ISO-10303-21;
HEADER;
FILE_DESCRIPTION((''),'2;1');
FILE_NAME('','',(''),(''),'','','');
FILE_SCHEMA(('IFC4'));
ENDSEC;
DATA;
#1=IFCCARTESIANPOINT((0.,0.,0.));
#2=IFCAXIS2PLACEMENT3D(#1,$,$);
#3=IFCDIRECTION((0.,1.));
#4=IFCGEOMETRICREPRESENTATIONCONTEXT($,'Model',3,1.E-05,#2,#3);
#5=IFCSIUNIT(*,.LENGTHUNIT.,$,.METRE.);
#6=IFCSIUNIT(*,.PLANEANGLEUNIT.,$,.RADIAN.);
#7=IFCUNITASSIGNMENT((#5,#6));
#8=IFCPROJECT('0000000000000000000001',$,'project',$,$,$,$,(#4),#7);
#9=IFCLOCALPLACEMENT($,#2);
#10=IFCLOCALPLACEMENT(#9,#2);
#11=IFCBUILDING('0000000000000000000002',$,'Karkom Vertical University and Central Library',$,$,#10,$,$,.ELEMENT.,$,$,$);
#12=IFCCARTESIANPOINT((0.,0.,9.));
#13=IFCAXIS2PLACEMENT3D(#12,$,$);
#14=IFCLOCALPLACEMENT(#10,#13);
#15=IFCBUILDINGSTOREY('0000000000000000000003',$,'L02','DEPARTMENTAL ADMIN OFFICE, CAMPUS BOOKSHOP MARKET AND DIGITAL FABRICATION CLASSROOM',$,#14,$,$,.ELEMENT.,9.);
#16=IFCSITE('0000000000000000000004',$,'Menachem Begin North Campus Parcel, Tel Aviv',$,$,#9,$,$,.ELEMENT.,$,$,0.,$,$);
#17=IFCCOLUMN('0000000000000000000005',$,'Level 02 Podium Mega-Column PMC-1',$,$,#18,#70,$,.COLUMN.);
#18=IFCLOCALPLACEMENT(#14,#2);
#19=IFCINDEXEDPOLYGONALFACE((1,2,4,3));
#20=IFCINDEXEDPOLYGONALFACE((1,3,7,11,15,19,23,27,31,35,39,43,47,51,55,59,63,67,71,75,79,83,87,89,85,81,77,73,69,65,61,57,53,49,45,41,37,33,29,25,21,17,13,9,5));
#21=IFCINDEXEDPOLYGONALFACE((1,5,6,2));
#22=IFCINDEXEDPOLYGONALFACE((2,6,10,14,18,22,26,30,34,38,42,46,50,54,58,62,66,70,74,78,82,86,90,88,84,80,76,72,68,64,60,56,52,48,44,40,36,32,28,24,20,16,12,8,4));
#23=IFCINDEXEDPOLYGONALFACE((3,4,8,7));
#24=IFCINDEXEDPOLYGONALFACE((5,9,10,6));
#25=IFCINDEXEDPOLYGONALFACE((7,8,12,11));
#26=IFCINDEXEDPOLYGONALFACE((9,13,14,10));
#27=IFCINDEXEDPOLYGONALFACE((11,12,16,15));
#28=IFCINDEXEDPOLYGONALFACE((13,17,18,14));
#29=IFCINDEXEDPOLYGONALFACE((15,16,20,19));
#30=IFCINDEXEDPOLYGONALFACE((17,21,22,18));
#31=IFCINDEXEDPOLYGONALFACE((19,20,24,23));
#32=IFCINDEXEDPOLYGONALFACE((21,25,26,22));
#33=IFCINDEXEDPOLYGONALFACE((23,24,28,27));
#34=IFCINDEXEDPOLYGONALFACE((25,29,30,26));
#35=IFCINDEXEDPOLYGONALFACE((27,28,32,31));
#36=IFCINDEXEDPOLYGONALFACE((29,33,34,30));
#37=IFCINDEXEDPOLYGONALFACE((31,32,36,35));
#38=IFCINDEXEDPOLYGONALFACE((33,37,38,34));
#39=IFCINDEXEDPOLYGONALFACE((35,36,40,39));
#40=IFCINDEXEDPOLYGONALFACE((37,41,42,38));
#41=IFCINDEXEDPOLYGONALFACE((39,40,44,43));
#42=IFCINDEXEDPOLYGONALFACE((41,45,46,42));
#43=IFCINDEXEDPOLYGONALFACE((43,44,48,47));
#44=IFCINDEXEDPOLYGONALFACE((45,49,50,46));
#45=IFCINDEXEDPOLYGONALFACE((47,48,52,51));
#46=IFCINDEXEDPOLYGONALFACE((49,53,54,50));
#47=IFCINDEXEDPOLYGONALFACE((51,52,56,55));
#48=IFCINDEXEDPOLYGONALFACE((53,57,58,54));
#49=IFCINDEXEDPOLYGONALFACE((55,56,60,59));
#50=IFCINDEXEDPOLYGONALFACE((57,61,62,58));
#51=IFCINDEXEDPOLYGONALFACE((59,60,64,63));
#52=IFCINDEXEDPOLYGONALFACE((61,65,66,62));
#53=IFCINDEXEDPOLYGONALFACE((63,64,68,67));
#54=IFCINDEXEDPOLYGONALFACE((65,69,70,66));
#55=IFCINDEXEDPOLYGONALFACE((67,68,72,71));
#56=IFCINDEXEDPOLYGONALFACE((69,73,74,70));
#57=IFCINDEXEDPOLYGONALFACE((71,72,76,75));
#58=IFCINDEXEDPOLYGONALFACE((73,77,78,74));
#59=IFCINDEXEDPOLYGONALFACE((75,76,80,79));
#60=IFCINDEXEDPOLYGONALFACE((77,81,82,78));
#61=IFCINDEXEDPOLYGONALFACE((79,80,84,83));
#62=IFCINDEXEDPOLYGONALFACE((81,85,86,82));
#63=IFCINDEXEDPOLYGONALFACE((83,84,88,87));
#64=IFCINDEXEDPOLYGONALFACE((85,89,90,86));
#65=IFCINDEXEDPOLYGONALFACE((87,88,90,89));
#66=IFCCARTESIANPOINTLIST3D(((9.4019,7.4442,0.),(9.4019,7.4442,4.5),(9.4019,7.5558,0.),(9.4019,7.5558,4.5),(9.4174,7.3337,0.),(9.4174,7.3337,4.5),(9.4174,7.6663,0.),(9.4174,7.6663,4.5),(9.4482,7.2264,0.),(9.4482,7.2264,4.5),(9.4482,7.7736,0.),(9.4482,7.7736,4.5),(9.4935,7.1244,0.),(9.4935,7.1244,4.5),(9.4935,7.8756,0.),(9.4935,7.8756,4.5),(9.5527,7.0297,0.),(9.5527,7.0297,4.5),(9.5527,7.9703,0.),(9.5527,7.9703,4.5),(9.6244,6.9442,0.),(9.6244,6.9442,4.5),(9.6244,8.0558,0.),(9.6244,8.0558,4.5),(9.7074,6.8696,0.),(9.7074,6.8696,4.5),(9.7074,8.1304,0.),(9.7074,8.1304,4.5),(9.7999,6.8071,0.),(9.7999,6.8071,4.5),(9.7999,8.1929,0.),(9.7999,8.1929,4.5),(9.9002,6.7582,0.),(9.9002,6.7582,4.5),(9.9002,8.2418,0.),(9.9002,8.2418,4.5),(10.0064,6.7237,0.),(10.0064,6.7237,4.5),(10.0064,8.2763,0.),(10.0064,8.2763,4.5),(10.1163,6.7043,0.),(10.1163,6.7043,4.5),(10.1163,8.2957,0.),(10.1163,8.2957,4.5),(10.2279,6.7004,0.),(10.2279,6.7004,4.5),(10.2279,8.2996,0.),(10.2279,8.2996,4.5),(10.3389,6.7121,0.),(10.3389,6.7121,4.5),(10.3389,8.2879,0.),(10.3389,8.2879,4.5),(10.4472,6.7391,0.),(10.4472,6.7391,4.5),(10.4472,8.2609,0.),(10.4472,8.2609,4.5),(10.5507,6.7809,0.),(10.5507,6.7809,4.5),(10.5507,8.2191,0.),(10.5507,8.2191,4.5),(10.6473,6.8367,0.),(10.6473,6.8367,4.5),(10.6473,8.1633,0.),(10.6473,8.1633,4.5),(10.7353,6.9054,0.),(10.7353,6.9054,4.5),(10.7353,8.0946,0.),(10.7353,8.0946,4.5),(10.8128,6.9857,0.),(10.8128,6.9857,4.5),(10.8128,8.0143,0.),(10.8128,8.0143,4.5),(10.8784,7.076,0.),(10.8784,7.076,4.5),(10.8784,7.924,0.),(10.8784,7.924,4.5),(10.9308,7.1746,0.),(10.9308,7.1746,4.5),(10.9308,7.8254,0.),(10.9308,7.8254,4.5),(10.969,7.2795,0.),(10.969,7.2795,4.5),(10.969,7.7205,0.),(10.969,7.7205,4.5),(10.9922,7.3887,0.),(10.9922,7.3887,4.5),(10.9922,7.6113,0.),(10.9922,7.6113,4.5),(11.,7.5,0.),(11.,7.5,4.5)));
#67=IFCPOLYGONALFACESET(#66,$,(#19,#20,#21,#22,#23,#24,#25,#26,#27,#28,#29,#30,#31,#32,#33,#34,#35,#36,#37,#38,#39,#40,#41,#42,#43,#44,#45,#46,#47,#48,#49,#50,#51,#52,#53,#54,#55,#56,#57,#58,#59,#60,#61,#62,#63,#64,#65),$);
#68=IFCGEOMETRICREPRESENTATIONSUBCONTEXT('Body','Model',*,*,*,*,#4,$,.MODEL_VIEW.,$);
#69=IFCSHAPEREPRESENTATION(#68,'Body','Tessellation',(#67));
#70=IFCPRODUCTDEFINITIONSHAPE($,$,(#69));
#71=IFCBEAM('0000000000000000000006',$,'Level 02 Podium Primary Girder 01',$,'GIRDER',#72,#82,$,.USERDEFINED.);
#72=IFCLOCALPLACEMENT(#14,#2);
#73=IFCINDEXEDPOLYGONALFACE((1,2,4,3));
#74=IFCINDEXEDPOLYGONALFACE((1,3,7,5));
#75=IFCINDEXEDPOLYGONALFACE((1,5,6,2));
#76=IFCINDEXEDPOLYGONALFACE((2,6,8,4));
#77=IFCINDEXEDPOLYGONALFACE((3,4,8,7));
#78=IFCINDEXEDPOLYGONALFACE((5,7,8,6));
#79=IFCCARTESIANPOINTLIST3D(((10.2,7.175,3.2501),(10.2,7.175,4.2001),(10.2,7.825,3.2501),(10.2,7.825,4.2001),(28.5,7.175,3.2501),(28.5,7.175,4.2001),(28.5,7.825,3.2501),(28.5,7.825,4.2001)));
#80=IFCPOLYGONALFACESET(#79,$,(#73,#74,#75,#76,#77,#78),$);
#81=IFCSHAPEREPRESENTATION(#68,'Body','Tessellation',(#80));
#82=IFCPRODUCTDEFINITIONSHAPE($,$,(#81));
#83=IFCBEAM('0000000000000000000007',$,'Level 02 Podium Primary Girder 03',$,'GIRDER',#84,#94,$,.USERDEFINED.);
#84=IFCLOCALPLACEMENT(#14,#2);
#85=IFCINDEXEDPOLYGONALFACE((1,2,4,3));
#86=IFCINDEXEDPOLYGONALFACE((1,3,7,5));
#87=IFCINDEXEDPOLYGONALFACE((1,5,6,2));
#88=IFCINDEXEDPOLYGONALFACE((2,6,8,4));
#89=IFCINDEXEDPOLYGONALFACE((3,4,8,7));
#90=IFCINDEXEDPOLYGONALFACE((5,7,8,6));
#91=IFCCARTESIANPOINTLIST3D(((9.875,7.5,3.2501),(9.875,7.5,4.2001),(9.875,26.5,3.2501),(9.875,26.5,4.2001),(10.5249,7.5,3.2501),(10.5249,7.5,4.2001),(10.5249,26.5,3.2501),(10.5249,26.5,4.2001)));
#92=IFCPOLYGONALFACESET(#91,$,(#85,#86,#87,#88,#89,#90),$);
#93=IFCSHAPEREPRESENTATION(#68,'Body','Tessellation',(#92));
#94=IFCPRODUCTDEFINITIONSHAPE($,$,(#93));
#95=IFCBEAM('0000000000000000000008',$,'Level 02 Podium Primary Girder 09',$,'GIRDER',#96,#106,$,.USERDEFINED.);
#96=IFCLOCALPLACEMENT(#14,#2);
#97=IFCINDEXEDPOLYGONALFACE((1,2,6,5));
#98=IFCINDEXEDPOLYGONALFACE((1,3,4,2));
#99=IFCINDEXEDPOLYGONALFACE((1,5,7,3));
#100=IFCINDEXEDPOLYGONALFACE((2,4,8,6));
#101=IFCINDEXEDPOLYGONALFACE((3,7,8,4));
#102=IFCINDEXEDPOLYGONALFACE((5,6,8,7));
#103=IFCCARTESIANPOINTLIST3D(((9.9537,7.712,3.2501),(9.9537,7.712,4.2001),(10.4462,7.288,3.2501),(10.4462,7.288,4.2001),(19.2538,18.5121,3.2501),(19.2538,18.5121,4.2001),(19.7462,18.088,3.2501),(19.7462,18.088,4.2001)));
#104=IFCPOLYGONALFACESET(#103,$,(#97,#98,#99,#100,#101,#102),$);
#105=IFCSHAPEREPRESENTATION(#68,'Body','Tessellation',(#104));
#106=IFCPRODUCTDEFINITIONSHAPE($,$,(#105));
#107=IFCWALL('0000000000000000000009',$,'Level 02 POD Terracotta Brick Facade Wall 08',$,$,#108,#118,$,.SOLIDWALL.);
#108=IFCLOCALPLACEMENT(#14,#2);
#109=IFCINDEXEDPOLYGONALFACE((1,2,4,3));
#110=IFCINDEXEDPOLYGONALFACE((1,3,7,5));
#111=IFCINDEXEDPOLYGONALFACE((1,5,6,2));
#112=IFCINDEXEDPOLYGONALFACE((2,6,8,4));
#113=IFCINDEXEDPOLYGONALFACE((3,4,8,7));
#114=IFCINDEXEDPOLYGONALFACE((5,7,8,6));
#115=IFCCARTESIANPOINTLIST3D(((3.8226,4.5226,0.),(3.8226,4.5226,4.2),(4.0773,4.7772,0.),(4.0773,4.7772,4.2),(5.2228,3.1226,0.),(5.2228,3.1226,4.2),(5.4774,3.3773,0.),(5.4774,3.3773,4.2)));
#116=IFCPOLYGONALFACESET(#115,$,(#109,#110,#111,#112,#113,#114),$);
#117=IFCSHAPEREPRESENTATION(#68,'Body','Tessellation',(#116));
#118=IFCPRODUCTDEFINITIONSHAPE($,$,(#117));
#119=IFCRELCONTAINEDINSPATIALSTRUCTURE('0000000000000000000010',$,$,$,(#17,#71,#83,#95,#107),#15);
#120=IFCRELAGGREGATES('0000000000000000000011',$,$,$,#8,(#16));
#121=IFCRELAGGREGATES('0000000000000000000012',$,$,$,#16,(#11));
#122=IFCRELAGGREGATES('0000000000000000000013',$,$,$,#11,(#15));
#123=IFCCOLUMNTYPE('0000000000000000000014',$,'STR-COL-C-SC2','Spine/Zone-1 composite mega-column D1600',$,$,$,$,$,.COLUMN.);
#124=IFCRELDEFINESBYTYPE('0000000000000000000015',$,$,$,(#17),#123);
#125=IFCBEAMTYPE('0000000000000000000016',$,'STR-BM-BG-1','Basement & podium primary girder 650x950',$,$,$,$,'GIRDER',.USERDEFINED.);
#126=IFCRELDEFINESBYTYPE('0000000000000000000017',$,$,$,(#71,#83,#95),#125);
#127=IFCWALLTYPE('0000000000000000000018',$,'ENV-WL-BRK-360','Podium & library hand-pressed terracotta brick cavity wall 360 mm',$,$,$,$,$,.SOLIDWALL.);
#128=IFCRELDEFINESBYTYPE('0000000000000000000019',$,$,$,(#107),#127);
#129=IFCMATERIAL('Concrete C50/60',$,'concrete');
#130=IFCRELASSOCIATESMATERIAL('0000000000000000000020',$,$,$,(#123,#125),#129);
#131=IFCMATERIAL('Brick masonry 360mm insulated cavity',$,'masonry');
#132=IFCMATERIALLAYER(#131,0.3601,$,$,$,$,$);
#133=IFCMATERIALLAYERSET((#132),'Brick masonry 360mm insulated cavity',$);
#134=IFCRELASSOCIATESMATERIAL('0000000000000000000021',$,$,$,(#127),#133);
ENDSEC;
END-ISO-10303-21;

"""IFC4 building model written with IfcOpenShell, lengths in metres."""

from ifc_helpers import new_model, si_unit, direction, frame, frame_2d, origin, origin_with_axes, origin_2d, place, context, subcontext, project, spatial, rectangle, circle, extrude, source, transform, mapped, material, layer, layer_set, material_profile, profile_set, type_object, element, save


model = new_model("IFC4")

# Units and contexts
model_context = context("Model", 3, precision=1e-05, world=origin(), true_north=direction((0.0, 1.0)))
body_context = subcontext(model_context, "Body", "Model", "MODEL_VIEW")
ifc_project = project(units=[si_unit("LENGTHUNIT", "METRE"), si_unit("PLANEANGLEUNIT", "RADIAN")], contexts=[model_context])

# Site, building, storey
site_placement = place(None, origin())
site = spatial("IfcSite", under=ifc_project, at=site_placement, Name="Menachem Begin North Campus Parcel, Tel Aviv", CompositionType="ELEMENT", RefElevation=0.0)
building_placement = place(site_placement, origin())
building = spatial("IfcBuilding", under=site, at=building_placement, Name="Karkom Vertical University and Central Library", CompositionType="ELEMENT")
storey_placement = place(building_placement, frame((0.0, 0.0, 9.0)))
storey = spatial("IfcBuildingStorey", under=building, at=storey_placement, Name="L02", Description="DEPARTMENTAL ADMIN OFFICE, CAMPUS BOOKSHOP MARKET AND DIGITAL FABRICATION CLASSROOM", CompositionType="ELEMENT", Elevation=9.0)

# Column
ifc_material_1 = material(Name="Concrete C50/60", Category="concrete")
ifc_material_profile_1 = material_profile(ifc_material_1, circle(Radius=0.8, at=origin_2d()), Name="CFT-D1600")
ifc_profile_set_1 = profile_set([ifc_material_profile_1], Name="Concrete C50/60")
column_type = type_object("IfcColumnType", Name="STR-COL-C-SC2", Description="Spine/Zone-1 composite mega-column D1600", PredefinedType="COLUMN", material=ifc_profile_set_1)
shared_shape_1 = source(origin_with_axes(), body_context, "Body", "SweptSolid", [
    extrude(circle(Radius=0.8, at=origin_2d()), origin(), (0.0, 0.0, 1.0), 4.5),
])
column_placement = place(storey_placement, frame((10.2, 7.5, 0.0), z_axis=(0.0, 0.0, 1.0), x_axis=(1.0, 0.0, 0.0)))
element("IfcColumn", 1, at=column_placement, inside=storey, type_object=column_type, Name="Level 02 Podium Mega-Column PMC-1", PredefinedType="COLUMN", context=body_context, shape_type="MappedRepresentation", body=[
    mapped(shared_shape_1, transform((0.0, 0.0, 0.0), scale=1.0)),
])

# Beams
ifc_material_profile_2 = material_profile(ifc_material_1, rectangle(XDim=0.6499, YDim=0.95, at=origin_2d()), Name="RCG-650x950")
ifc_profile_set_2 = profile_set([ifc_material_profile_2], Name="Concrete C50/60")
beam_type = type_object("IfcBeamType", Name="STR-BM-BG-1", Description="Basement & podium primary girder 650x950", ElementType="GIRDER", PredefinedType="USERDEFINED", material=ifc_profile_set_2)
shared_shape_2 = source(origin_with_axes(), body_context, "Body", "SweptSolid", [
    extrude(rectangle(XDim=0.6499, YDim=0.95, at=origin_2d()), origin(), (0.0, 0.0, 1.0), 18.3),
])
beam_1_placement = place(storey_placement, frame((10.2, 7.5, 3.7251), z_axis=(1.0, 0.0, 0.0), x_axis=(0.0, 1.0, 0.0)))
element("IfcBeam", 2, at=beam_1_placement, inside=storey, type_object=beam_type, Name="Level 02 Podium Primary Girder 01", ObjectType="GIRDER", PredefinedType="USERDEFINED", context=body_context, shape_type="MappedRepresentation", body=[
    mapped(shared_shape_2, transform((0.0, 0.0, 0.0), scale=1.0)),
])
shared_shape_3 = source(origin_with_axes(), body_context, "Body", "SweptSolid", [
    extrude(rectangle(XDim=0.6499, YDim=0.95, at=origin_2d()), origin(), (0.0, 0.0, 1.0), 19.0),
])
beam_2_placement = place(storey_placement, frame((10.2, 7.5, 3.7251), z_axis=(0.0, 1.0, 0.0), x_axis=(-1.0, 0.0, 0.0)))
element("IfcBeam", 3, at=beam_2_placement, inside=storey, type_object=beam_type, Name="Level 02 Podium Primary Girder 03", ObjectType="GIRDER", PredefinedType="USERDEFINED", context=body_context, shape_type="MappedRepresentation", body=[
    mapped(shared_shape_3, transform((0.0, 0.0, 0.0), scale=1.0)),
])
shared_shape_4 = source(origin_with_axes(), body_context, "Body", "SweptSolid", [
    extrude(rectangle(XDim=0.6499, YDim=0.95, at=origin_2d()), origin(), (0.0, 0.0, 1.0), 14.2524),
])
beam_3_placement = place(storey_placement, frame((10.2, 7.5, 3.7251), z_axis=(0.652523, 0.757769, 0.0), x_axis=(-0.757769, 0.652523, 0.0)))
element("IfcBeam", 4, at=beam_3_placement, inside=storey, type_object=beam_type, Name="Level 02 Podium Primary Girder 09", ObjectType="GIRDER", PredefinedType="USERDEFINED", context=body_context, shape_type="MappedRepresentation", body=[
    mapped(shared_shape_4, transform((0.0, 0.0, 0.0), scale=1.0)),
])

# Shared definitions
ifc_material_2 = material(Name="Brick masonry 360mm insulated cavity", Category="masonry")
ifc_layer_1 = layer(ifc_material_2, 0.3601)
ifc_layer_set_1 = layer_set([ifc_layer_1], Name="Brick masonry 360mm insulated cavity")
wall_type = type_object("IfcWallType", Name="ENV-WL-BRK-360", Description="Podium & library hand-pressed terracotta brick cavity wall 360 mm", PredefinedType="SOLIDWALL", material=ifc_layer_set_1)

# Wall
wall_1_placement = place(storey_placement, frame((3.95, 4.6499, 0.0), z_axis=(0.0, 0.0, 1.0), x_axis=(0.707168, -0.707045, 0.0)))
element("IfcWall", 5, at=wall_1_placement, inside=storey, type_object=wall_type, Name="Level 02 POD Terracotta Brick Facade Wall 08", PredefinedType="SOLIDWALL", context=body_context, shape_type="SweptSolid", body=[
    extrude(rectangle(XDim=1.98, YDim=0.3601, at=frame_2d((0.99, 0.0))), origin(), (0.0, 0.0, 1.0), 4.2),
])

save(model, "model.ifc")
